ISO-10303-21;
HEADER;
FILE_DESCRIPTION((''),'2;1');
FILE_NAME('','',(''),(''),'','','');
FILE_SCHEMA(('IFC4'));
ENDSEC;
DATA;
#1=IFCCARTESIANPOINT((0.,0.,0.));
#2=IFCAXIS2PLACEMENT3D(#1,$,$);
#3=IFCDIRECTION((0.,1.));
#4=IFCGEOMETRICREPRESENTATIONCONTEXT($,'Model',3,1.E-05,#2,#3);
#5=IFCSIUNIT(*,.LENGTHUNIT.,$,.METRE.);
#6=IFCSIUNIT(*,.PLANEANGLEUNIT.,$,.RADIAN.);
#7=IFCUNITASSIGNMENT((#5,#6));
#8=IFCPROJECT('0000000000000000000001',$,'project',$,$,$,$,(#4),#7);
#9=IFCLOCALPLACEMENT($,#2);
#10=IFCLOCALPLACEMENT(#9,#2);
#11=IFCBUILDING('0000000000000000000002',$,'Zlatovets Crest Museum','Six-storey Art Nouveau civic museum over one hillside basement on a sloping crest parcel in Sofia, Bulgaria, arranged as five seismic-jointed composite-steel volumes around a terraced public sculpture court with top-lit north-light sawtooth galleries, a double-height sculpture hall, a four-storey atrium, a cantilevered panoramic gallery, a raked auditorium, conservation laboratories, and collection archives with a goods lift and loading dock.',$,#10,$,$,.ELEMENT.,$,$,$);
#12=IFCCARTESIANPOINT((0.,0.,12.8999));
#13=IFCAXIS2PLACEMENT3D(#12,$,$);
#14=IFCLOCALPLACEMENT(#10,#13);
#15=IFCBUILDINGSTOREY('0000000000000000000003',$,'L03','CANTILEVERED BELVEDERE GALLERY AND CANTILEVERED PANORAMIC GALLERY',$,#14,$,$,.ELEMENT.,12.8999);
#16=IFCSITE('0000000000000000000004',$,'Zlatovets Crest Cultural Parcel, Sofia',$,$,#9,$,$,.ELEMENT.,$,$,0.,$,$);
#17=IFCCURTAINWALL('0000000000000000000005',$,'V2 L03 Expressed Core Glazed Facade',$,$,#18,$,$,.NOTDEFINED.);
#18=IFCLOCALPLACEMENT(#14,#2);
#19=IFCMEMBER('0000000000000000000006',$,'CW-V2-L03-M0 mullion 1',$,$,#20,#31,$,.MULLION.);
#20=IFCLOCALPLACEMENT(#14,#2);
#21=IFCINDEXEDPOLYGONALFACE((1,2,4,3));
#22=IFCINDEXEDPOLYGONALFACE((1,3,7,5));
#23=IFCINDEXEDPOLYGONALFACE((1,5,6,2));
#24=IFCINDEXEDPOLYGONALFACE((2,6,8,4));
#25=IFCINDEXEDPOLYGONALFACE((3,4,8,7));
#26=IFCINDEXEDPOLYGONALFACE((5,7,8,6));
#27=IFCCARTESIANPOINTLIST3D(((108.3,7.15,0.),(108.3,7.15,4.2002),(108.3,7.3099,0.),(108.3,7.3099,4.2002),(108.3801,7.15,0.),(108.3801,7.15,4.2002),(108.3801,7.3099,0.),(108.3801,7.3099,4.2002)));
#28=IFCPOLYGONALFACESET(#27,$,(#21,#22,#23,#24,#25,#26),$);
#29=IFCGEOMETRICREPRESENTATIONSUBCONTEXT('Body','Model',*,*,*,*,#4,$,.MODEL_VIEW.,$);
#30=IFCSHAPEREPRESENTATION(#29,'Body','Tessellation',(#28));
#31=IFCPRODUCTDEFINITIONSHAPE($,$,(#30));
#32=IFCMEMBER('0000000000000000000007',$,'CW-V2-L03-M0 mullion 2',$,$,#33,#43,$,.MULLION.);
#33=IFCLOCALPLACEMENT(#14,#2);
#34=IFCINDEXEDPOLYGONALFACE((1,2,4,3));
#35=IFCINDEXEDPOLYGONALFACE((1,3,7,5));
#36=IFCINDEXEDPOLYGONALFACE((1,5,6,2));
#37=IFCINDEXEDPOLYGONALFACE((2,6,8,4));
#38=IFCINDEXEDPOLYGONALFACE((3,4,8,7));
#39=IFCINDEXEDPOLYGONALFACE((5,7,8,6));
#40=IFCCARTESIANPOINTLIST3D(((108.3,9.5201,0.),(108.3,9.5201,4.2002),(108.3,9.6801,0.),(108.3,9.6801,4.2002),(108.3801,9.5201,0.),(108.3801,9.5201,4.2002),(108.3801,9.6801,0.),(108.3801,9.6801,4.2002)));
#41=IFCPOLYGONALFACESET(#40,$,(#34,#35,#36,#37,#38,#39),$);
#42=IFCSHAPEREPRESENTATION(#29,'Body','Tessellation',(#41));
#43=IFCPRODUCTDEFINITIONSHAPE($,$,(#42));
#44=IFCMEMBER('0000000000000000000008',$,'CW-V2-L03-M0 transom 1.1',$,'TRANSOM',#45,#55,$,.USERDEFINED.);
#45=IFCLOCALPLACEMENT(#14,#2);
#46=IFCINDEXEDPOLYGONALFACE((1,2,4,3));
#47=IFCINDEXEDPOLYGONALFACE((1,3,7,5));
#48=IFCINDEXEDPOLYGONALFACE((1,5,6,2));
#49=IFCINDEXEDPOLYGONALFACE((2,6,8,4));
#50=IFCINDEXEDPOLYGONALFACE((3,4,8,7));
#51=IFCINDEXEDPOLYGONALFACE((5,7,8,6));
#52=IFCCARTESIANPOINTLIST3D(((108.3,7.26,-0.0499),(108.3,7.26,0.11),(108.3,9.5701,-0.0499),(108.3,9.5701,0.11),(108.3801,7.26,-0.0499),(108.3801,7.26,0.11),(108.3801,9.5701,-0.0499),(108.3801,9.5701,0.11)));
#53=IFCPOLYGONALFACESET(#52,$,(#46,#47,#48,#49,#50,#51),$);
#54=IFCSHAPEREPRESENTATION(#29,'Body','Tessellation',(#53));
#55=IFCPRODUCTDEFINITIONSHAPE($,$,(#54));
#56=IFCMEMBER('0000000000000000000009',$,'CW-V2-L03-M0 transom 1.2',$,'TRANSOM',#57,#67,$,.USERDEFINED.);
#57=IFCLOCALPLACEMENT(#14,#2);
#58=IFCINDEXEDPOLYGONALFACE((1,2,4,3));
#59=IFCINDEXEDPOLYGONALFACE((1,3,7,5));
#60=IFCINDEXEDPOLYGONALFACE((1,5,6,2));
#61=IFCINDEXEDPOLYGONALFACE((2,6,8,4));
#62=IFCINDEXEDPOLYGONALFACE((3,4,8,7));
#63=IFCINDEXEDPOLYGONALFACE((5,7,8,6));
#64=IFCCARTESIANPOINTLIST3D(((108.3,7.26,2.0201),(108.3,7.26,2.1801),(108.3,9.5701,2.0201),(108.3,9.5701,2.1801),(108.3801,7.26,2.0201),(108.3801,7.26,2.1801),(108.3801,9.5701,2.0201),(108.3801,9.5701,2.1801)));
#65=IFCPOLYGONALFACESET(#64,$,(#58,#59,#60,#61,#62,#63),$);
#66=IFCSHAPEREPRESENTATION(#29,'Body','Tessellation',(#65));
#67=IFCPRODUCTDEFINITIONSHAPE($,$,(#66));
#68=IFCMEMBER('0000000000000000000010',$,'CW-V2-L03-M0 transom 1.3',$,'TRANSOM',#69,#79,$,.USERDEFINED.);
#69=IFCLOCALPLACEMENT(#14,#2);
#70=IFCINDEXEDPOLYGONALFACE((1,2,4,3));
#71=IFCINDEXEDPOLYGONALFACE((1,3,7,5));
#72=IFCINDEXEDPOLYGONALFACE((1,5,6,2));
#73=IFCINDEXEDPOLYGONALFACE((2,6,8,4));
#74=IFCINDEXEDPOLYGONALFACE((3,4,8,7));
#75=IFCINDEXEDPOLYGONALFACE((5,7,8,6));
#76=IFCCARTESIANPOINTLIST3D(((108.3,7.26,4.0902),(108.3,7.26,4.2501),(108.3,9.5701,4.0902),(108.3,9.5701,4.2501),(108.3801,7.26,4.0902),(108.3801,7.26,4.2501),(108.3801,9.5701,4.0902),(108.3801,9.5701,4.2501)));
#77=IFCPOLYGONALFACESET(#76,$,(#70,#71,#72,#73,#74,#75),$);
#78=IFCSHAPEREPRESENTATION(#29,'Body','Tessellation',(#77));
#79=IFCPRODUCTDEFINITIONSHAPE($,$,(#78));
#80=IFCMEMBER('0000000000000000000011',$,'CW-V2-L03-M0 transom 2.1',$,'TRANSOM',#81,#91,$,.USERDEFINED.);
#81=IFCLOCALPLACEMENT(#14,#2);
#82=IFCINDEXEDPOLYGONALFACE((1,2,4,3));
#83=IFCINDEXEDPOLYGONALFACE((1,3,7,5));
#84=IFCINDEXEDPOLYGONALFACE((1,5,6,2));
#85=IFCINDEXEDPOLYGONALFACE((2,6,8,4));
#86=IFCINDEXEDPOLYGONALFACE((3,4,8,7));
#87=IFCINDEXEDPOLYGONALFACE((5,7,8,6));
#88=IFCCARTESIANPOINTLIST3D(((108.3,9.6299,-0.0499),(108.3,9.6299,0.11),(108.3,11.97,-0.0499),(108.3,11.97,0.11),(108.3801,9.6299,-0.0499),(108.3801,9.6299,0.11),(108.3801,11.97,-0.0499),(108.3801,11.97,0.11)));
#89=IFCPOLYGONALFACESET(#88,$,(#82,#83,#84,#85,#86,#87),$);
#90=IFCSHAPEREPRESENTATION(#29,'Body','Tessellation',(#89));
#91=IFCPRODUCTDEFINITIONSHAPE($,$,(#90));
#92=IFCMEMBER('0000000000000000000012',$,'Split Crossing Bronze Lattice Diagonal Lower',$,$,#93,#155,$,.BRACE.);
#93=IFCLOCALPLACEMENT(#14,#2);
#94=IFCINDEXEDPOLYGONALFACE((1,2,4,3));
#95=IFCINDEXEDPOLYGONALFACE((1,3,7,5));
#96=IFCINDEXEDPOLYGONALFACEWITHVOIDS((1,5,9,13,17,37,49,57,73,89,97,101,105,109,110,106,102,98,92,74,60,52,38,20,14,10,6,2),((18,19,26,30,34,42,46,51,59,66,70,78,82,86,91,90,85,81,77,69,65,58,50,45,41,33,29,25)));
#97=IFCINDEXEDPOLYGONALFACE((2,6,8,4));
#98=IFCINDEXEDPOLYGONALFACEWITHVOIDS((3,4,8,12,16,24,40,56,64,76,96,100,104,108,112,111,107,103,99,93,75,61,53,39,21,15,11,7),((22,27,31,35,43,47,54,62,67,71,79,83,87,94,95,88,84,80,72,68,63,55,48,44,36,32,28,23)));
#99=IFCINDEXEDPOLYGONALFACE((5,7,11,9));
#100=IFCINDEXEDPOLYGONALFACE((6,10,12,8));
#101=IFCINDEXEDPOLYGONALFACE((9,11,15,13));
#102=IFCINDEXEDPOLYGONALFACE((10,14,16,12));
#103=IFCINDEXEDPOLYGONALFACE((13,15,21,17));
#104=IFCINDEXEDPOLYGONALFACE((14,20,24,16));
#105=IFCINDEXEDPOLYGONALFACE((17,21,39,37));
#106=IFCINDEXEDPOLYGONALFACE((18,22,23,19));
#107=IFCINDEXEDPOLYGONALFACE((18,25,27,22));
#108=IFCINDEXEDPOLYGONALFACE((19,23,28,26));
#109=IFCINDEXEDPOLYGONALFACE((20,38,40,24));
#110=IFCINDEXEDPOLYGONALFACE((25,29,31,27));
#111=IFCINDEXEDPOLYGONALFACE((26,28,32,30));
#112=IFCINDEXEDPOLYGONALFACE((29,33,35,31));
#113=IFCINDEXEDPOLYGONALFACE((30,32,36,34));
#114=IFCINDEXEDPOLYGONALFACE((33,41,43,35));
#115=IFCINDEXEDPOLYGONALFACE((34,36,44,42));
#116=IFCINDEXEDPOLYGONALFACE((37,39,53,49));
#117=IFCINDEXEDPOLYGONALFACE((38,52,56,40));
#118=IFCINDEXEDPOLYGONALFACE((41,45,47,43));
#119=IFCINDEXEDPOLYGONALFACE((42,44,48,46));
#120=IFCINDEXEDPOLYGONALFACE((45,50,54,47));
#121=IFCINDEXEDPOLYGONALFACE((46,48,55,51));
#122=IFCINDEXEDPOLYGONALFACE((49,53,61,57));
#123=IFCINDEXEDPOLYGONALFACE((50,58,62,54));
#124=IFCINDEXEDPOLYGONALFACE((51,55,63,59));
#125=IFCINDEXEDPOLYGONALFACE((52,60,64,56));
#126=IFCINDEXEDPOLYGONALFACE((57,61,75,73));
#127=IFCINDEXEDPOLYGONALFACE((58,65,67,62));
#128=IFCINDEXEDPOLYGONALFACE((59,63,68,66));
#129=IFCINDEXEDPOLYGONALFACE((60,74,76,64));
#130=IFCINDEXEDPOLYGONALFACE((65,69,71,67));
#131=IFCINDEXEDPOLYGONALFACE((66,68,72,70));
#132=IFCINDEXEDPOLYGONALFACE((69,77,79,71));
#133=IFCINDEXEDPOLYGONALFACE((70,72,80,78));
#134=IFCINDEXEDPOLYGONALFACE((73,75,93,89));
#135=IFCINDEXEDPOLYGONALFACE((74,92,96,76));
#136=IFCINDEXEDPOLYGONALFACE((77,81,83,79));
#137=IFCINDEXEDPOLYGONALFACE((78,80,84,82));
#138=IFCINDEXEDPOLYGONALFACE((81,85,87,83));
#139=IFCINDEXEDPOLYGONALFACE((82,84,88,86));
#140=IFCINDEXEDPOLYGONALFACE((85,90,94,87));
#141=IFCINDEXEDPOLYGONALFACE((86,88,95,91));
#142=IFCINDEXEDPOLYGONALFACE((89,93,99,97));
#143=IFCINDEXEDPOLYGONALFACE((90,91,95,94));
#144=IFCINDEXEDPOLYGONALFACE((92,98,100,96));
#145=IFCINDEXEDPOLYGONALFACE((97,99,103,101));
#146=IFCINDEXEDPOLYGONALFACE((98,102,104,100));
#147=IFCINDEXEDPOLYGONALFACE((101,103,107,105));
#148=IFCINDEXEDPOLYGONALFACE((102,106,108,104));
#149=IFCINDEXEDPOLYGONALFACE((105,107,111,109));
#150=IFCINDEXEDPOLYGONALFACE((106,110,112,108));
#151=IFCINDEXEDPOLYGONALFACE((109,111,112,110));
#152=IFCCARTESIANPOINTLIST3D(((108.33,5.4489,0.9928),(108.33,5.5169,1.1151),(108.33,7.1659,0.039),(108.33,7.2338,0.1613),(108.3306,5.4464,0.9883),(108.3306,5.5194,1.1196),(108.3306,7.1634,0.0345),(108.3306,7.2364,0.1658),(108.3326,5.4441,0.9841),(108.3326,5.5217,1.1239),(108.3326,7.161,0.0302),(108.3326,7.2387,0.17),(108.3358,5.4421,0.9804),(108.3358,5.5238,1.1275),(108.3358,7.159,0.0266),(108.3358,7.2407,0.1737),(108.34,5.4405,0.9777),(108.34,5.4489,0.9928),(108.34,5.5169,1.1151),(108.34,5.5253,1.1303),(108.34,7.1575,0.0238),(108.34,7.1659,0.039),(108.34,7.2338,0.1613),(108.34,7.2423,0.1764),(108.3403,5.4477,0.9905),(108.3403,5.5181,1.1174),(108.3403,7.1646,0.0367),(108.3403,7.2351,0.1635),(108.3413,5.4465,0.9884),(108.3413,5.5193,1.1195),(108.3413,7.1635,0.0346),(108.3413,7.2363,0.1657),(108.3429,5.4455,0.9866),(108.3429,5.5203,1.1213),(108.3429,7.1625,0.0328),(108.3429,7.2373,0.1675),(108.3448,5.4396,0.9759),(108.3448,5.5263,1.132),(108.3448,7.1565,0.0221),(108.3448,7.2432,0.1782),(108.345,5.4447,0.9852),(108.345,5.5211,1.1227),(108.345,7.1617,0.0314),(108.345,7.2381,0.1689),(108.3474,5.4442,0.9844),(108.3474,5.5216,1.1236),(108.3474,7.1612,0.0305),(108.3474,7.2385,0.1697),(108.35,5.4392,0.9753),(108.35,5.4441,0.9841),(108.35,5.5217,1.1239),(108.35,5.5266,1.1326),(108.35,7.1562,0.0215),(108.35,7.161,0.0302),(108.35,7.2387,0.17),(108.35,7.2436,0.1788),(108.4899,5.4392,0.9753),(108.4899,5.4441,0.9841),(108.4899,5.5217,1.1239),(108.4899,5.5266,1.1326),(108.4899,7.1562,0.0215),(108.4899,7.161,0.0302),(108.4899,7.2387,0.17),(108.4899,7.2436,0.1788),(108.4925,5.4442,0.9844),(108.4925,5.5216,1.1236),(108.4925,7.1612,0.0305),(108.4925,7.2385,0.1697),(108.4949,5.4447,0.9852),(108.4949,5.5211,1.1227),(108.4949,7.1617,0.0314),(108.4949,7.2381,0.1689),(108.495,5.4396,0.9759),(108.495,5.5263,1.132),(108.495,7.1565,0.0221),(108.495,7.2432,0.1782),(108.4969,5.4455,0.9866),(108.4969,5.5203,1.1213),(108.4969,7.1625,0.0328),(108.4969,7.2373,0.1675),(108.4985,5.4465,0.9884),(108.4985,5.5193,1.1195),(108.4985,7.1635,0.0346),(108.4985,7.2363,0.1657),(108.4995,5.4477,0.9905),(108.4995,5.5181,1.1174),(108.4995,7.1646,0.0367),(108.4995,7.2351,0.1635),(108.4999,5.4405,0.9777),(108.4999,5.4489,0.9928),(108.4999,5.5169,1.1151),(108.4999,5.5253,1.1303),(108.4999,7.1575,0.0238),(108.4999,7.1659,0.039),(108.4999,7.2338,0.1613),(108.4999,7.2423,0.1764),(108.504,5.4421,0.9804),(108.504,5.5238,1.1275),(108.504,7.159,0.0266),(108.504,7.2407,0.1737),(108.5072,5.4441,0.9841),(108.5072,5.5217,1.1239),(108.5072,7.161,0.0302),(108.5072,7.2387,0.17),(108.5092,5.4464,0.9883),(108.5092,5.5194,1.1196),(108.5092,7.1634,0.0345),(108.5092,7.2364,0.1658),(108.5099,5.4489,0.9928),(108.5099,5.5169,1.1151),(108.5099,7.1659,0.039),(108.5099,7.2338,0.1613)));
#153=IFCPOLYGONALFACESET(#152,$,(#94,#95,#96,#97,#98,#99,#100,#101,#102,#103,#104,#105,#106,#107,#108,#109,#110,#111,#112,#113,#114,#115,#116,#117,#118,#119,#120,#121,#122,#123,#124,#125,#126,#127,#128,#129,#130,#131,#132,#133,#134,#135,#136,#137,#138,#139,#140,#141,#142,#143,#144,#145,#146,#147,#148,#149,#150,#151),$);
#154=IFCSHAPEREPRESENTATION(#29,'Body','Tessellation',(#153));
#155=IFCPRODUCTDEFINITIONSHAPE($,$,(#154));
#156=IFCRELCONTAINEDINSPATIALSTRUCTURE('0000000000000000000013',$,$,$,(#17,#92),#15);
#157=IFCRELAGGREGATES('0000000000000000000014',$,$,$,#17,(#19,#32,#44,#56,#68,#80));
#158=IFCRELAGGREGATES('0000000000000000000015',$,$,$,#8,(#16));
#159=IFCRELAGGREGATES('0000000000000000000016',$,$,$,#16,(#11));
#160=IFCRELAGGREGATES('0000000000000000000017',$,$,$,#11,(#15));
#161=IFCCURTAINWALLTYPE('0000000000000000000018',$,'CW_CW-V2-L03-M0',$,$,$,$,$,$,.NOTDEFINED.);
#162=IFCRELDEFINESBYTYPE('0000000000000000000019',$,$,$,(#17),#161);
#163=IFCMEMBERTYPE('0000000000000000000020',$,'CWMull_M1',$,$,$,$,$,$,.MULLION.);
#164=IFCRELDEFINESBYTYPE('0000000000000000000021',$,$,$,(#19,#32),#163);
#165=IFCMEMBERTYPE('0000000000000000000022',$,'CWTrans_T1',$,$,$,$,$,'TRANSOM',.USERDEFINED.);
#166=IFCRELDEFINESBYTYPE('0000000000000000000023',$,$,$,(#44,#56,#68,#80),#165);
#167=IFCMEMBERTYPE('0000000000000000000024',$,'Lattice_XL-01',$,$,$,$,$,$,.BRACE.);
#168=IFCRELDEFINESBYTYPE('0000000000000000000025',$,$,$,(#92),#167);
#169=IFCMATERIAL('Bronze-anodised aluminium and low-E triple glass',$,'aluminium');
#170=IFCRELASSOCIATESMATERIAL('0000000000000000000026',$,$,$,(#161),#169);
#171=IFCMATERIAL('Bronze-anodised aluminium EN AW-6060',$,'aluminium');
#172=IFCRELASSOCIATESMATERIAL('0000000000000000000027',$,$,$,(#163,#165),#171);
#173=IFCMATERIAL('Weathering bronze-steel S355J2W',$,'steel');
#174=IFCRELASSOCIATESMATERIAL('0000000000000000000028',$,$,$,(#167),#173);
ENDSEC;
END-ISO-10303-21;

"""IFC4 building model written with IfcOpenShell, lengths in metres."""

from ifc_helpers import new_model, si_unit, direction, frame, origin, origin_2d, place, context, subcontext, project, spatial, rectangle, hollow_rectangle, extrude, material, material_profile, profile_set, type_object, element, aggregate, save


model = new_model("IFC4")

# Units and contexts
model_context = context("Model", 3, precision=1e-05, world=origin(), true_north=direction((0.0, 1.0)))
body_context = subcontext(model_context, "Body", "Model", "MODEL_VIEW")
ifc_project = project(units=[si_unit("LENGTHUNIT", "METRE"), si_unit("PLANEANGLEUNIT", "RADIAN")], contexts=[model_context])

# Site, building, storey
site_placement = place(None, origin())
site = spatial("IfcSite", under=ifc_project, at=site_placement, Name="Zlatovets Crest Cultural Parcel, Sofia", CompositionType="ELEMENT", RefElevation=0.0)
building_placement = place(site_placement, origin())
building = spatial("IfcBuilding", under=site, at=building_placement, Name="Zlatovets Crest Museum", Description="Six-storey Art Nouveau civic museum over one hillside basement on a sloping crest parcel in Sofia, Bulgaria, arranged as five seismic-jointed composite-steel volumes around a terraced public sculpture court with top-lit north-light sawtooth galleries, a double-height sculpture hall, a four-storey atrium, a cantilevered panoramic gallery, a raked auditorium, conservation laboratories, and collection archives with a goods lift and loading dock.", CompositionType="ELEMENT")
storey_placement = place(building_placement, frame((0.0, 0.0, 12.8999)))
storey = spatial("IfcBuildingStorey", under=building, at=storey_placement, Name="L03", Description="CANTILEVERED BELVEDERE GALLERY AND CANTILEVERED PANORAMIC GALLERY", CompositionType="ELEMENT", Elevation=12.8999)

# Curtain wall, members
ifc_material_1 = material(Name="Bronze-anodised aluminium and low-E triple glass", Category="aluminium")
curtain_wall_type = type_object("IfcCurtainWallType", Name="CW_CW-V2-L03-M0", PredefinedType="NOTDEFINED", material=ifc_material_1)
curtain_wall_placement = place(storey_placement, origin())
curtain_wall = element("IfcCurtainWall", 1, at=curtain_wall_placement, inside=storey, type_object=curtain_wall_type, Name="V2 L03 Expressed Core Glazed Facade", PredefinedType="NOTDEFINED")
ifc_material_2 = material(Name="Bronze-anodised aluminium EN AW-6060", Category="aluminium")
ifc_material_profile_1 = material_profile(ifc_material_2, rectangle(XDim=0.0801, YDim=0.1599, at=origin_2d()), Name="ALU 80x160")
ifc_profile_set_1 = profile_set([ifc_material_profile_1], Name="Bronze-anodised aluminium EN AW-6060")
member_type_1 = type_object("IfcMemberType", Name="CWMull_M1", PredefinedType="MULLION", material=ifc_profile_set_1)
member_1_placement = place(storey_placement, frame((108.3401, 7.23, 0.0), z_axis=(0.0, 0.0, 1.0), x_axis=(-1.0, 0.0, 0.0)))
member_1 = element("IfcMember", 2, at=member_1_placement, type_object=member_type_1, Name="CW-V2-L03-M0 mullion 1", PredefinedType="MULLION", context=body_context, shape_type="SweptSolid", body=[
    extrude(rectangle(XDim=0.0801, YDim=0.1599, at=origin_2d()), origin(), (0.0, 0.0, 1.0), 4.2002),
])
member_2_placement = place(storey_placement, frame((108.3401, 9.6001, 0.0), z_axis=(0.0, 0.0, 1.0), x_axis=(-1.0, 0.0, 0.0)))
member_2 = element("IfcMember", 3, at=member_2_placement, type_object=member_type_1, Name="CW-V2-L03-M0 mullion 2", PredefinedType="MULLION", context=body_context, shape_type="SweptSolid", body=[
    extrude(rectangle(XDim=0.0801, YDim=0.1599, at=origin_2d()), origin(), (0.0, 0.0, 1.0), 4.2002),
])
ifc_material_profile_2 = material_profile(ifc_material_2, rectangle(XDim=0.0801, YDim=0.1599, at=origin_2d()), Name="ALU 80x160")
ifc_profile_set_2 = profile_set([ifc_material_profile_2], Name="Bronze-anodised aluminium EN AW-6060")
member_type_2 = type_object("IfcMemberType", Name="CWTrans_T1", ElementType="TRANSOM", PredefinedType="USERDEFINED", material=ifc_profile_set_2)
member_3_placement = place(storey_placement, frame((108.3401, 7.26, 0.03), z_axis=(0.0, 1.0, 0.0), x_axis=(-1.0, 0.0, 0.0)))
member_3 = element("IfcMember", 4, at=member_3_placement, type_object=member_type_2, Name="CW-V2-L03-M0 transom 1.1", ObjectType="TRANSOM", PredefinedType="USERDEFINED", context=body_context, shape_type="SweptSolid", body=[
    extrude(rectangle(XDim=0.0801, YDim=0.1599, at=origin_2d()), origin(), (0.0, 0.0, 1.0), 2.3101),
])
member_4_placement = place(storey_placement, frame((108.3401, 7.26, 2.1001), z_axis=(0.0, 1.0, 0.0), x_axis=(-1.0, 0.0, 0.0)))
member_4 = element("IfcMember", 5, at=member_4_placement, type_object=member_type_2, Name="CW-V2-L03-M0 transom 1.2", ObjectType="TRANSOM", PredefinedType="USERDEFINED", context=body_context, shape_type="SweptSolid", body=[
    extrude(rectangle(XDim=0.0801, YDim=0.1599, at=origin_2d()), origin(), (0.0, 0.0, 1.0), 2.3101),
])
member_5_placement = place(storey_placement, frame((108.3401, 7.26, 4.1702), z_axis=(0.0, 1.0, 0.0), x_axis=(-1.0, 0.0, 0.0)))
member_5 = element("IfcMember", 6, at=member_5_placement, type_object=member_type_2, Name="CW-V2-L03-M0 transom 1.3", ObjectType="TRANSOM", PredefinedType="USERDEFINED", context=body_context, shape_type="SweptSolid", body=[
    extrude(rectangle(XDim=0.0801, YDim=0.1599, at=origin_2d()), origin(), (0.0, 0.0, 1.0), 2.3101),
])
member_6_placement = place(storey_placement, frame((108.3401, 9.6299, 0.03), z_axis=(0.0, 1.0, 0.0), x_axis=(-1.0, 0.0, 0.0)))
member_6 = element("IfcMember", 7, at=member_6_placement, type_object=member_type_2, Name="CW-V2-L03-M0 transom 2.1", ObjectType="TRANSOM", PredefinedType="USERDEFINED", context=body_context, shape_type="SweptSolid", body=[
    extrude(rectangle(XDim=0.0801, YDim=0.1599, at=origin_2d()), origin(), (0.0, 0.0, 1.0), 2.3401),
])

# Member
ifc_material_3 = material(Name="Weathering bronze-steel S355J2W", Category="steel")
ifc_material_profile_3 = material_profile(ifc_material_3, hollow_rectangle(XDim=0.1799, YDim=0.1799, WallThickness=0.01, InnerFilletRadius=0.01, OuterFilletRadius=0.02, at=origin_2d()), Name="SHS 180x180x10.0")
ifc_profile_set_3 = profile_set([ifc_material_profile_3], Name="Weathering bronze-steel S355J2W")
member_type_3 = type_object("IfcMemberType", Name="Lattice_XL-01", PredefinedType="BRACE", material=ifc_profile_set_3)
for number, where, z_axis, x_axis, name in (
    (8, (108.4199, 5.4829, 1.054), (0.0, 0.874169, -0.485622), (-1.0, 0.0, 0.0), "Split Crossing Bronze Lattice Diagonal Lower"),
):
    element("IfcMember", number, at=place(storey_placement, frame(where, z_axis=z_axis, x_axis=x_axis)), inside=storey, type_object=member_type_3, Name=name, PredefinedType="BRACE", context=body_context, shape_type="SweptSolid", body=[
        extrude(hollow_rectangle(XDim=0.1799, YDim=0.1799, WallThickness=0.01, InnerFilletRadius=0.01, OuterFilletRadius=0.02, at=origin_2d()), origin(), (0.0, 0.0, 1.0), 1.9641),
    ])

aggregate(curtain_wall, [member_1, member_2, member_3, member_4, member_5, member_6])

save(model, "model.ifc")
